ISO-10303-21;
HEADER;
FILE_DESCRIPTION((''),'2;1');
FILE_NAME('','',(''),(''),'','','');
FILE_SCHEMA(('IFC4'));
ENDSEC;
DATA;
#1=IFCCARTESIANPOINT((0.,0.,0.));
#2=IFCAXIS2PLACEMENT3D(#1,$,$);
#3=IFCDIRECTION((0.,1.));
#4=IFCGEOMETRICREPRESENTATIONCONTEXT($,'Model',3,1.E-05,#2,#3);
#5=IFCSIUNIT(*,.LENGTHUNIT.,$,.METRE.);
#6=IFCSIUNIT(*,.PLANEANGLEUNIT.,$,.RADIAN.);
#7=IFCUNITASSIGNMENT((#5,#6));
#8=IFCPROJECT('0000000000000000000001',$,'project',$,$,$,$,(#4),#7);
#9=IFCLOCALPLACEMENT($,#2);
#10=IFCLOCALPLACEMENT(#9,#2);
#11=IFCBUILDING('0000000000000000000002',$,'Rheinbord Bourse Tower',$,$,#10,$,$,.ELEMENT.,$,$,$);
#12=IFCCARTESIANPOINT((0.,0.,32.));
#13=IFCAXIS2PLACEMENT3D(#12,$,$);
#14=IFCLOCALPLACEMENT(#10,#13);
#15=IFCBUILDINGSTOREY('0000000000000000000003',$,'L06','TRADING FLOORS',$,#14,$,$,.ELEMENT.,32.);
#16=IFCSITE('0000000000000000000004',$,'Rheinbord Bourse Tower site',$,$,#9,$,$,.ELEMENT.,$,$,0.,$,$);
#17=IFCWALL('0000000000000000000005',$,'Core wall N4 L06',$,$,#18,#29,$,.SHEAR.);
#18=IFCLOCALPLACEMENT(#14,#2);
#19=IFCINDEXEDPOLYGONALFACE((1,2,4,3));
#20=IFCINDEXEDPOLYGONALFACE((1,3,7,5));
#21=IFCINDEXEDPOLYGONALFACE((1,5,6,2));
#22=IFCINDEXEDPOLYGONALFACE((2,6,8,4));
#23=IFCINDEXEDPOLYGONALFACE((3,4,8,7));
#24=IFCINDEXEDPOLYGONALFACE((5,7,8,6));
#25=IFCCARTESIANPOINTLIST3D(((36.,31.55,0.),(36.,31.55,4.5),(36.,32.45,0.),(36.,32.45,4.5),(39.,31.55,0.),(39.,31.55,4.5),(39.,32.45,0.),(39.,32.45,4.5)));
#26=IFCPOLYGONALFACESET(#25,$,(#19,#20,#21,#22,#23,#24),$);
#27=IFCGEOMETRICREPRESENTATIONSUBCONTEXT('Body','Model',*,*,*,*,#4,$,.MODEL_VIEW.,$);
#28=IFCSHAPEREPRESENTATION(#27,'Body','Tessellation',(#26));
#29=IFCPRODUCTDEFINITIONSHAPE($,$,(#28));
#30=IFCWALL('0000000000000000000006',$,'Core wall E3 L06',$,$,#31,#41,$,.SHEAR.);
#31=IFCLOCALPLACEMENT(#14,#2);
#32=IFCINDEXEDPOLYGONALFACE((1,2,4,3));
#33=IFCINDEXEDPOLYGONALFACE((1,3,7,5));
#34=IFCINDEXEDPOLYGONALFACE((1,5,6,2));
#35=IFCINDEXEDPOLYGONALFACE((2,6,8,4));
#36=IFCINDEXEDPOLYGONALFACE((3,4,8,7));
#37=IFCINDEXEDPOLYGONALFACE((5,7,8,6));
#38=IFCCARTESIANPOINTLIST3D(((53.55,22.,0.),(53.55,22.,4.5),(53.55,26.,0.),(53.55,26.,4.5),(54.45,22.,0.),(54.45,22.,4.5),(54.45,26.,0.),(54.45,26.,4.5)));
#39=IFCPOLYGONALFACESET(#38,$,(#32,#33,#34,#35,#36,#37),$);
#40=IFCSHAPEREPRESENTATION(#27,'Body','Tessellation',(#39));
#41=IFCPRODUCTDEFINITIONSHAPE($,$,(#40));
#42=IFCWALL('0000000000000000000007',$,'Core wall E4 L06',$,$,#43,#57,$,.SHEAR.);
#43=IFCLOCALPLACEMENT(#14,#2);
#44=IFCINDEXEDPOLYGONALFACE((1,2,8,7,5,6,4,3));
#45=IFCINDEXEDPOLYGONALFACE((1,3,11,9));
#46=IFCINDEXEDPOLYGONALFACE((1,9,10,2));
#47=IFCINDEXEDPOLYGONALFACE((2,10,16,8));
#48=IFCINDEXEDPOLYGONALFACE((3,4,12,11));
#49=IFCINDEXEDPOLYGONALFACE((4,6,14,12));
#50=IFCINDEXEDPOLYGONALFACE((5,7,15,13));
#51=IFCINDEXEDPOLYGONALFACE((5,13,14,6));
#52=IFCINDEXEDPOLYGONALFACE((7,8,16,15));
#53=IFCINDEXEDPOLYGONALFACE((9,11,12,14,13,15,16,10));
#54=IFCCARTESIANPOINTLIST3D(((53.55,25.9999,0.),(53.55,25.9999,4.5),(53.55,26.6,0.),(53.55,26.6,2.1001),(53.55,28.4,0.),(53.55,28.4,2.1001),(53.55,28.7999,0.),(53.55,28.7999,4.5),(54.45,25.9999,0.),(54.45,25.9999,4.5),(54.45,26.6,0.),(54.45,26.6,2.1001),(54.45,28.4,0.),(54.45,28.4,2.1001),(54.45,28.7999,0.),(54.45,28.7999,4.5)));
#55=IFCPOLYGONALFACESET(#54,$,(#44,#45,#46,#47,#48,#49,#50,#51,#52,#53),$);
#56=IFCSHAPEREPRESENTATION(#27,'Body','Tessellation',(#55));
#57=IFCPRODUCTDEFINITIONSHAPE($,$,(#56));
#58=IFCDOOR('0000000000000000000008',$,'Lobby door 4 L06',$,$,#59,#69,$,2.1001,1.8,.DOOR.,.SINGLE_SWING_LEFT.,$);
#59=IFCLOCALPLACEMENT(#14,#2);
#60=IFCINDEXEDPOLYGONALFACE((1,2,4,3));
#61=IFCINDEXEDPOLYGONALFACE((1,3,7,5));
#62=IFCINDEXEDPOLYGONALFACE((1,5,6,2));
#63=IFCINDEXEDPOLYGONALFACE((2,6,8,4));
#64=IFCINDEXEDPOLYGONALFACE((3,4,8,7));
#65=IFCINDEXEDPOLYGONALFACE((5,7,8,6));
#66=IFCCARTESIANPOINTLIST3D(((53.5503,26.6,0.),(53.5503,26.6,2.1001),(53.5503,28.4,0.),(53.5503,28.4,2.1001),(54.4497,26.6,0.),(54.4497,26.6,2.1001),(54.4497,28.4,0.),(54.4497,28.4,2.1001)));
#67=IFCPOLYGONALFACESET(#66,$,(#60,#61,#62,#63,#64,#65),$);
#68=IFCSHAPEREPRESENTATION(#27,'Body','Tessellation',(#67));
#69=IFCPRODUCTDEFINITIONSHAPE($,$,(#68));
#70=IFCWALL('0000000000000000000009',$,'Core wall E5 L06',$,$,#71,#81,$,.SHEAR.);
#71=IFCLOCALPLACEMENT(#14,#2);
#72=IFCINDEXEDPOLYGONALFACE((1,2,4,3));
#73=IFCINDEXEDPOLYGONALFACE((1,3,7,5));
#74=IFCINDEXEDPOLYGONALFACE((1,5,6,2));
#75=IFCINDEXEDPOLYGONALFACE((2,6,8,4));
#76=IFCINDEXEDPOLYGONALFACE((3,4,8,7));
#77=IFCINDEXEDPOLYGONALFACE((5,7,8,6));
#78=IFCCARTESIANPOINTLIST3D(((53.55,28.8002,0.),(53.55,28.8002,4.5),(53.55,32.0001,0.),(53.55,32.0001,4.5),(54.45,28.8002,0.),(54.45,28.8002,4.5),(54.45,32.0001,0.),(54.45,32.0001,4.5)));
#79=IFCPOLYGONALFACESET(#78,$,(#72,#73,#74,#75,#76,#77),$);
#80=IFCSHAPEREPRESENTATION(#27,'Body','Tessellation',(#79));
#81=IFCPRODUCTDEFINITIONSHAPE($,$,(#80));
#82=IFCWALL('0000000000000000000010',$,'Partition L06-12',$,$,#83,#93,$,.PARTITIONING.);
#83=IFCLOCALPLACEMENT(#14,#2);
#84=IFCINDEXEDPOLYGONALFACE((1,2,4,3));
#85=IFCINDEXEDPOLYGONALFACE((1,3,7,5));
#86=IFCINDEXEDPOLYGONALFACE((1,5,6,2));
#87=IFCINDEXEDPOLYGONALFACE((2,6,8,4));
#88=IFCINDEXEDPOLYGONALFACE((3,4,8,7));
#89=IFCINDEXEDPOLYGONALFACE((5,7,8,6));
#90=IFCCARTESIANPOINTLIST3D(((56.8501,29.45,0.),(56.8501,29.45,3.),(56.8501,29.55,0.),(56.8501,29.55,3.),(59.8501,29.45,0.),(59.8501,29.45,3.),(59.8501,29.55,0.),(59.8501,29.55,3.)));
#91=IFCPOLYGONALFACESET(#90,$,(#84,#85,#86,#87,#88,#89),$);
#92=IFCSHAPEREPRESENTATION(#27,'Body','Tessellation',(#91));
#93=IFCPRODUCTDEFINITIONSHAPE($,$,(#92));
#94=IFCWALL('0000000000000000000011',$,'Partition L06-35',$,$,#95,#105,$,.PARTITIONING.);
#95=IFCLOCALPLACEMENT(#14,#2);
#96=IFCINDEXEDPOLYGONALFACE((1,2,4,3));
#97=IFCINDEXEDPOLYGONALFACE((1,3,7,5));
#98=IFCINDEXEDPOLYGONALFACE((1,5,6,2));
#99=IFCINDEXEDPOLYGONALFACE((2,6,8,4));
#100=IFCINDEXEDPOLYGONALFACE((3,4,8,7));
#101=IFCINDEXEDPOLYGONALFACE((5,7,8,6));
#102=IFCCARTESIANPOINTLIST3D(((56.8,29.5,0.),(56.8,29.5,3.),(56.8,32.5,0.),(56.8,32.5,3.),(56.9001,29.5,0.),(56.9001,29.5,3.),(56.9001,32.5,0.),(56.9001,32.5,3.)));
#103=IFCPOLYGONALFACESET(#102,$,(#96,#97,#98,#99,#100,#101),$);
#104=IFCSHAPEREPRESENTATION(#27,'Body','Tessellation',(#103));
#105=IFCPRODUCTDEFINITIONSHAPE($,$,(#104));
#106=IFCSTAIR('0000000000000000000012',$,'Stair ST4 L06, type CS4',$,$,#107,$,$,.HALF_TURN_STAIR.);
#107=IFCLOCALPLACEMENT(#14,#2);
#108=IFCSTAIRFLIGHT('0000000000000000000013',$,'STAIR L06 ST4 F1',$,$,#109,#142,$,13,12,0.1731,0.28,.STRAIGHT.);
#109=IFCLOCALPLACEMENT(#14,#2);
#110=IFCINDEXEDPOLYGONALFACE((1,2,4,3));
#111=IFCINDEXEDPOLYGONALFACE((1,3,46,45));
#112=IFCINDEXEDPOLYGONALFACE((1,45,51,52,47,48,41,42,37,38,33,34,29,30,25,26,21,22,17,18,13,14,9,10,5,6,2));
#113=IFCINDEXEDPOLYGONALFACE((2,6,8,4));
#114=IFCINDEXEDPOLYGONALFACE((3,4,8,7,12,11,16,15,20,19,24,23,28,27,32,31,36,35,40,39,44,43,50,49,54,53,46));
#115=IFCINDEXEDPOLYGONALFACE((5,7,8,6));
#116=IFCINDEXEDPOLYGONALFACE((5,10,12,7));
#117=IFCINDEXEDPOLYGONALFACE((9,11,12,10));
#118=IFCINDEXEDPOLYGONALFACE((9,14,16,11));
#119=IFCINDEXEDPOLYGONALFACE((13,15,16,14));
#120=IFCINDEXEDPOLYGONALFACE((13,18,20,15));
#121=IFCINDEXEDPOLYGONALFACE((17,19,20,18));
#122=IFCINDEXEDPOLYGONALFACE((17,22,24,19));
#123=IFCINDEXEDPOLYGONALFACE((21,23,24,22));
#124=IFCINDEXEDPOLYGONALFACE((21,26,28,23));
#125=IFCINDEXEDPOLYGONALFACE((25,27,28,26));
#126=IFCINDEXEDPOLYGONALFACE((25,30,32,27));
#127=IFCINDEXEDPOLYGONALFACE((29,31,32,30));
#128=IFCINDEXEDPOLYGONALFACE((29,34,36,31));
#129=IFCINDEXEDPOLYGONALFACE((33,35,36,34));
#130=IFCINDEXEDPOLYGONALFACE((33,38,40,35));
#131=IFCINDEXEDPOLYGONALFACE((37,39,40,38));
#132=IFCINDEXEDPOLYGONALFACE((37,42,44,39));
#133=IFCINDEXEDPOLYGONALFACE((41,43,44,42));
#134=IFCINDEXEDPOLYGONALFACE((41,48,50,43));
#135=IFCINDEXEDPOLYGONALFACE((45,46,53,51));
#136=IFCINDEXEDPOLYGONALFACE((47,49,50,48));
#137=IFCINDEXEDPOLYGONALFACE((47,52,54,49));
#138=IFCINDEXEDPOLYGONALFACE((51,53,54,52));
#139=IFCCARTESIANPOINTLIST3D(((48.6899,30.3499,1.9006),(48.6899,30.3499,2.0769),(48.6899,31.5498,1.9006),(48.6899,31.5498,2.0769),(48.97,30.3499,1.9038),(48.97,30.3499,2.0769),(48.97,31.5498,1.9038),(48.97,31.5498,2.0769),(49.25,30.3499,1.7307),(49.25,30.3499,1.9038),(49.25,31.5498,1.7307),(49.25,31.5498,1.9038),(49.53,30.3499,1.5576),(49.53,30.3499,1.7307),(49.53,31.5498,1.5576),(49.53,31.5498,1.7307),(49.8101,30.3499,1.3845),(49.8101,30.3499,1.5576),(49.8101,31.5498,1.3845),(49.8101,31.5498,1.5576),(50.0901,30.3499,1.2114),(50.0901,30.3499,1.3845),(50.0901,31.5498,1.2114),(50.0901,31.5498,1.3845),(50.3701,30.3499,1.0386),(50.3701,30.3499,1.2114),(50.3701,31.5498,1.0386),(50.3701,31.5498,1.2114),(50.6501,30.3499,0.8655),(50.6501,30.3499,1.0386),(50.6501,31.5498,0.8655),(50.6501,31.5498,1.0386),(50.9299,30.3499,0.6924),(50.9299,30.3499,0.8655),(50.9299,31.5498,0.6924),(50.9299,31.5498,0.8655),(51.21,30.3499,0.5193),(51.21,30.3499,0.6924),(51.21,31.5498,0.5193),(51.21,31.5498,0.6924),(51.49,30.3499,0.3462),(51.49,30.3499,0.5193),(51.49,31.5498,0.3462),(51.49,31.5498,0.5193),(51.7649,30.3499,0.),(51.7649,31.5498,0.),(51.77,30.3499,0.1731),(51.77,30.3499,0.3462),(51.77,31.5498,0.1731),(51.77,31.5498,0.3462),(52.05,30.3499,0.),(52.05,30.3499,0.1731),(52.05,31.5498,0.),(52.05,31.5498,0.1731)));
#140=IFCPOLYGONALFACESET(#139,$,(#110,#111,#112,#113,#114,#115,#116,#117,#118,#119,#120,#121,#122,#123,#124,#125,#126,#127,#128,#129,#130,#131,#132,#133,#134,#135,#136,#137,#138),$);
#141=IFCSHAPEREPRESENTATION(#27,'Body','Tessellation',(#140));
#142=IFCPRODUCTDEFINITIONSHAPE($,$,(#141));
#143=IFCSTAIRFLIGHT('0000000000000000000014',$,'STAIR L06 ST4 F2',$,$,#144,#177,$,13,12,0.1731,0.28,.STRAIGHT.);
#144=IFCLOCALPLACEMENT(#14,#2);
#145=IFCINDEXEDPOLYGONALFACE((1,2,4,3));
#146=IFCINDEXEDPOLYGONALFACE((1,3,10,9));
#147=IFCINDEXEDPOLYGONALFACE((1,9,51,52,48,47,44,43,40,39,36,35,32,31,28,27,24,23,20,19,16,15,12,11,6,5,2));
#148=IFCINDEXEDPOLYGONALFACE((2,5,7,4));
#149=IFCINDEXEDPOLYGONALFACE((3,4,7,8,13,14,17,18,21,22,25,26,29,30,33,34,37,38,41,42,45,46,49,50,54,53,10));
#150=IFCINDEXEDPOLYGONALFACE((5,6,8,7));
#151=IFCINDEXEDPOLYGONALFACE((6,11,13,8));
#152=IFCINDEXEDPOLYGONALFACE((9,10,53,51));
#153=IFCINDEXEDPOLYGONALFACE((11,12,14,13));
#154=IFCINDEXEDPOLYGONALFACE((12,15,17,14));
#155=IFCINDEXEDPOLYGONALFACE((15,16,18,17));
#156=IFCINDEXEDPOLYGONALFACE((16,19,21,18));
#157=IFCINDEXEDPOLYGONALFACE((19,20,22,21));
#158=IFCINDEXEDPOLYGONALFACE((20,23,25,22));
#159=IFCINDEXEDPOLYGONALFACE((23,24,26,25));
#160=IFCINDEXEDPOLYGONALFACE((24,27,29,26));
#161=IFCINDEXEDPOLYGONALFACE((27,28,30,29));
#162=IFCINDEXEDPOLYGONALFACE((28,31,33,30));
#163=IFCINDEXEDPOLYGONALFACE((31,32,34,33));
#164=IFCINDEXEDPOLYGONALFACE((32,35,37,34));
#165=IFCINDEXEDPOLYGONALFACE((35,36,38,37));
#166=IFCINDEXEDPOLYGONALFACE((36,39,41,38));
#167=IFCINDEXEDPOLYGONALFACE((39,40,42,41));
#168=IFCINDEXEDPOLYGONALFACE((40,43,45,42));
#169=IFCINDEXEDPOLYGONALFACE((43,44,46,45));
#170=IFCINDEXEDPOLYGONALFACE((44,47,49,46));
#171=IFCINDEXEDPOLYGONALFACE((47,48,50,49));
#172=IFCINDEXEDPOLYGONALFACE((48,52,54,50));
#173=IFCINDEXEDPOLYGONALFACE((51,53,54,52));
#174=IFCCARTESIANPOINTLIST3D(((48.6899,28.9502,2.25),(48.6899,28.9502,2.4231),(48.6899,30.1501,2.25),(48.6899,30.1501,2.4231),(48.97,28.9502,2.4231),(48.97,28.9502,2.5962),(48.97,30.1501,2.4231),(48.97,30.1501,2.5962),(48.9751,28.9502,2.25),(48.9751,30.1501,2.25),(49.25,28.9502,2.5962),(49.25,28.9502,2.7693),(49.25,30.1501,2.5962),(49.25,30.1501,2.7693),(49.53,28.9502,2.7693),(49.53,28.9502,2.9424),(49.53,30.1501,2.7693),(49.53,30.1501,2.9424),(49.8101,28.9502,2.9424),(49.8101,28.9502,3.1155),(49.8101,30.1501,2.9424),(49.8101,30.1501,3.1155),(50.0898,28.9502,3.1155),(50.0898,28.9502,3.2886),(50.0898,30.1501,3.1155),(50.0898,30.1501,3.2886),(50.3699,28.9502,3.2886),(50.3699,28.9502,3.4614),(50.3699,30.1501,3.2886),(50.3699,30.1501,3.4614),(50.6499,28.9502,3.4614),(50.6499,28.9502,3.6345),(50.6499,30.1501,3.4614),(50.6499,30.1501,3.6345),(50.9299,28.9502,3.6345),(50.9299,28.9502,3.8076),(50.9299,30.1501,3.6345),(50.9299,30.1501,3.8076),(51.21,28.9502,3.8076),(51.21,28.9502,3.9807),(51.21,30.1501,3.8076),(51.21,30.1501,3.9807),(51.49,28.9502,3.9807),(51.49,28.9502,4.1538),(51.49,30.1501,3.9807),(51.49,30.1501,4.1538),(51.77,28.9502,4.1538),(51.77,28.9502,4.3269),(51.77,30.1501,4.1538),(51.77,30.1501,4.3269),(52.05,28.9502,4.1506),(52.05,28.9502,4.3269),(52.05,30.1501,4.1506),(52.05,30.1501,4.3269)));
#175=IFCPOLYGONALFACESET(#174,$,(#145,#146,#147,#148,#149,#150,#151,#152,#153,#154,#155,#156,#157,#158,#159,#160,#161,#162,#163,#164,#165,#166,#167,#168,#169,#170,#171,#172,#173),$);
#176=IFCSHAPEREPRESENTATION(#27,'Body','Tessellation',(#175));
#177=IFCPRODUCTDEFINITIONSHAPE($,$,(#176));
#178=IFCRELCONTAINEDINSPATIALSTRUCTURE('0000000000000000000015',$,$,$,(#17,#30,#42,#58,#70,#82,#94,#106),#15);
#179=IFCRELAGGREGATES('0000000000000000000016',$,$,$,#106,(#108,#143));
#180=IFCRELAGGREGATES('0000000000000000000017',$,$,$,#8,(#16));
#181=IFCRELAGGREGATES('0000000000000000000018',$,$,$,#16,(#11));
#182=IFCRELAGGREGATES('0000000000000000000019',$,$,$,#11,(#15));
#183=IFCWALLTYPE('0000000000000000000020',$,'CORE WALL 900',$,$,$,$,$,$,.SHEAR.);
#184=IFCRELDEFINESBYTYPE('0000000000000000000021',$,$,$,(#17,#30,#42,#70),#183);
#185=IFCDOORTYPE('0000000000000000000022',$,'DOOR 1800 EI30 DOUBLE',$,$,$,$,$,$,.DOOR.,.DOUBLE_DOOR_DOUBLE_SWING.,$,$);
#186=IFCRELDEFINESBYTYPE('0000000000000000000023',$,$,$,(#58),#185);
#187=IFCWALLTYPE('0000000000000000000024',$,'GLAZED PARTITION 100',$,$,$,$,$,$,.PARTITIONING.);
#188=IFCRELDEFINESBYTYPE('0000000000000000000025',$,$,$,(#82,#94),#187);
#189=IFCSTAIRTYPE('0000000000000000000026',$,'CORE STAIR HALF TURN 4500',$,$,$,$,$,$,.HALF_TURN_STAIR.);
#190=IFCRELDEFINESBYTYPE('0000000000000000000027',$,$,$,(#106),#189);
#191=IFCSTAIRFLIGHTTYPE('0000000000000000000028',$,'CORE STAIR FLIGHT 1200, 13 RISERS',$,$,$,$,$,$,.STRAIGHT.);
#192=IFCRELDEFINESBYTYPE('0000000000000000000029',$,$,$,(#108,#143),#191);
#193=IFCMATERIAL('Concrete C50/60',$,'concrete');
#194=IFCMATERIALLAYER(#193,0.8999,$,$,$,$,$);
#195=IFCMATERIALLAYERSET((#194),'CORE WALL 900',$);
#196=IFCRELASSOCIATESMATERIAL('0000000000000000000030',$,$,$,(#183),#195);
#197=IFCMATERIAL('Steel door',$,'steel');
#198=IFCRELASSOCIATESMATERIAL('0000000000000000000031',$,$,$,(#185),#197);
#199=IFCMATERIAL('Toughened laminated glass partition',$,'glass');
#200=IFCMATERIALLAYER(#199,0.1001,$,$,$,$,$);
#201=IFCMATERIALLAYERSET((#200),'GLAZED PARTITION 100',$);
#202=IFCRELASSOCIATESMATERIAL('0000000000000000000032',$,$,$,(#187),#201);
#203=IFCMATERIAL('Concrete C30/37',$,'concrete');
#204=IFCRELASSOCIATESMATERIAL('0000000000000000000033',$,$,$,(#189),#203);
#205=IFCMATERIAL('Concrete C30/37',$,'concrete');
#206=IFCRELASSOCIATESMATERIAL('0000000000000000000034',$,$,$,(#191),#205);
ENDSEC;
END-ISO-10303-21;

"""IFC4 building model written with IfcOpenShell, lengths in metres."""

from ifc_helpers import new_model, si_unit, direction, frame, frame_2d, origin, place, context, subcontext, project, spatial, polyline, rectangle, outline, extrude, material, layer, layer_set, type_object, element, fill, aggregate, save


model = new_model("IFC4")

# Units and contexts
model_context = context("Model", 3, precision=1e-05, world=origin(), true_north=direction((0.0, 1.0)))
body_context = subcontext(model_context, "Body", "Model", "MODEL_VIEW")
ifc_project = project(units=[si_unit("LENGTHUNIT", "METRE"), si_unit("PLANEANGLEUNIT", "RADIAN")], contexts=[model_context])

# Site, building, storey
site_placement = place(None, origin())
site = spatial("IfcSite", under=ifc_project, at=site_placement, Name="Rheinbord Bourse Tower site", CompositionType="ELEMENT", RefElevation=0.0)
building_placement = place(site_placement, origin())
building = spatial("IfcBuilding", under=site, at=building_placement, Name="Rheinbord Bourse Tower", CompositionType="ELEMENT")
storey_placement = place(building_placement, frame((0.0, 0.0, 32.0)))
storey = spatial("IfcBuildingStorey", under=building, at=storey_placement, Name="L06", Description="TRADING FLOORS", CompositionType="ELEMENT", Elevation=32.0)

# Walls
ifc_material_1 = material(Name="Concrete C50/60", Category="concrete")
ifc_layer_1 = layer(ifc_material_1, 0.8999)
ifc_layer_set_1 = layer_set([ifc_layer_1], Name="CORE WALL 900")
wall_type_1 = type_object("IfcWallType", Name="CORE WALL 900", PredefinedType="SHEAR", material=ifc_layer_set_1)
for number, where, z_axis, x_axis, name in (
    (1, (39.0, 32.0, 0.0), (0.0, 0.0, 1.0), (-1.0, 0.0, 0.0), "Core wall N4 L06"),
):
    element("IfcWall", number, at=place(storey_placement, frame(where, z_axis=z_axis, x_axis=x_axis)), inside=storey, type_object=wall_type_1, Name=name, PredefinedType="SHEAR", context=body_context, shape_type="SweptSolid", body=[
        extrude(rectangle(XDim=3.0, YDim=0.8999, at=frame_2d((1.5, 0.0))), origin(), (0.0, 0.0, 1.0), 4.5),
    ])
wall_1_placement = place(storey_placement, frame((54.0, 22.0, 0.0), z_axis=(0.0, 0.0, 1.0), x_axis=(0.0, 1.0, 0.0)))
element("IfcWall", 2, at=wall_1_placement, inside=storey, type_object=wall_type_1, Name="Core wall E3 L06", PredefinedType="SHEAR", context=body_context, shape_type="SweptSolid", body=[
    extrude(rectangle(XDim=4.0, YDim=0.8999, at=frame_2d((2.0, 0.0))), origin(), (0.0, 0.0, 1.0), 4.5),
])

# Wall, opening, door
wall_2_placement = place(storey_placement, frame((54.0, 26.0, 0.0), z_axis=(0.0, 0.0, 1.0), x_axis=(0.0, 1.0, 0.0)))
wall_2 = element("IfcWall", 3, at=wall_2_placement, inside=storey, type_object=wall_type_1, Name="Core wall E4 L06", PredefinedType="SHEAR", context=body_context, shape_type="SweptSolid", body=[
    extrude(rectangle(XDim=2.8, YDim=0.8999, at=frame_2d((1.3999, 0.0))), origin(), (0.0, 0.0, 1.0), 4.5),
])
opening_1_placement = place(wall_2_placement, frame((0.6001, 0.0, 0.0)))
opening_1 = element("IfcOpeningElement", 4, at=opening_1_placement, cuts=wall_2, PredefinedType="OPENING", context=body_context, shape_type="SweptSolid", body=[
    extrude(rectangle(XDim=1.8, YDim=2.1001, at=frame_2d((0.8999, 1.05))), frame((0.0, 0.46, 0.0), z_axis=(0.0, -1.0, 0.0), x_axis=(1.0, 0.0, 0.0)), (0.0, 0.0, 1.0), 0.9199),
])
ifc_material_2 = material(Name="Steel door", Category="steel")
door_type_1 = type_object("IfcDoorType", Name="DOOR 1800 EI30 DOUBLE", OperationType="DOUBLE_DOOR_DOUBLE_SWING", PredefinedType="DOOR", material=ifc_material_2)
door_1_placement = place(opening_1_placement, origin())
door_1 = element("IfcDoor", 5, at=door_1_placement, inside=storey, type_object=door_type_1, Name="Lobby door 4 L06", OperationType="SINGLE_SWING_LEFT", OverallHeight=2.1001, OverallWidth=1.8, PredefinedType="DOOR", context=body_context, shape_type="SweptSolid", body=[
    extrude(rectangle(XDim=1.8, YDim=2.1001, at=frame_2d((0.8999, 1.05))), frame((0.0, 0.4497, 0.0), z_axis=(0.0, -1.0, 0.0), x_axis=(1.0, 0.0, 0.0)), (0.0, 0.0, 1.0), 0.8994),
])
fill(opening_1, door_1)

# Walls
wall_3_placement = place(storey_placement, frame((54.0, 28.8, 0.0), z_axis=(0.0, 0.0, 1.0), x_axis=(0.0, 1.0, 0.0)))
element("IfcWall", 6, at=wall_3_placement, inside=storey, type_object=wall_type_1, Name="Core wall E5 L06", PredefinedType="SHEAR", context=body_context, shape_type="SweptSolid", body=[
    extrude(rectangle(XDim=3.2, YDim=0.8999, at=frame_2d((1.6001, 0.0))), origin(), (0.0, 0.0, 1.0), 4.5),
])
ifc_material_3 = material(Name="Toughened laminated glass partition", Category="glass")
ifc_layer_2 = layer(ifc_material_3, 0.1001)
ifc_layer_set_2 = layer_set([ifc_layer_2], Name="GLAZED PARTITION 100")
wall_type_2 = type_object("IfcWallType", Name="GLAZED PARTITION 100", PredefinedType="PARTITIONING", material=ifc_layer_set_2)
for number, where, z_axis, x_axis, name in (
    (7, (56.8501, 29.5, 0.0), (0.0, 0.0, 1.0), (1.0, 0.0, 0.0), "Partition L06-12"),
    (8, (56.8501, 29.5, 0.0), (0.0, 0.0, 1.0), (0.0, 1.0, 0.0), "Partition L06-35"),
):
    element("IfcWall", number, at=place(storey_placement, frame(where, z_axis=z_axis, x_axis=x_axis)), inside=storey, type_object=wall_type_2, Name=name, PredefinedType="PARTITIONING", context=body_context, shape_type="SweptSolid", body=[
        extrude(rectangle(XDim=3.0, YDim=0.1001, at=frame_2d((1.5, 0.0))), origin(), (0.0, 0.0, 1.0), 3.0),
    ])

# Stair, stair flights
ifc_material_4 = material(Name="Concrete C30/37", Category="concrete")
stair_type = type_object("IfcStairType", Name="CORE STAIR HALF TURN 4500", PredefinedType="HALF_TURN_STAIR", material=ifc_material_4)
stair_placement = place(storey_placement, origin())
stair = element("IfcStair", 9, at=stair_placement, inside=storey, type_object=stair_type, Name="Stair ST4 L06, type CS4", PredefinedType="HALF_TURN_STAIR")
ifc_material_5 = material(Name="Concrete C30/37", Category="concrete")
stair_flight_type = type_object("IfcStairFlightType", Name="CORE STAIR FLIGHT 1200, 13 RISERS", PredefinedType="STRAIGHT", material=ifc_material_5)
stair_flight_1_placement = place(storey_placement, frame((52.05, 30.95, 0.0), z_axis=(0.0, 0.0, 1.0), x_axis=(-1.0, 0.0, 0.0)))
stair_flight_1 = element("IfcStairFlight", 10, at=stair_flight_1_placement, type_object=stair_flight_type, Name="STAIR L06 ST4 F1", NumberOfRisers=13, NumberOfTreads=12, PredefinedType="STRAIGHT", RiserHeight=0.1731, TreadLength=0.28, context=body_context, shape_type="SweptSolid", body=[
    extrude(outline(polyline([(0.0, 0.0), (0.0, 0.1731), (0.28, 0.1731), (0.28, 0.3462), (0.5601, 0.3462), (0.5601, 0.5193), (0.8401, 0.5193), (0.8401, 0.6924), (1.1201, 0.6924), (1.1201, 0.8655), (1.3999, 0.8655), (1.3999, 1.0386), (1.6799, 1.0386), (1.6799, 1.2114), (1.96, 1.2114), (1.96, 1.3845), (2.24, 1.3845), (2.24, 1.5576), (2.52, 1.5576), (2.52, 1.7307), (2.8, 1.7307), (2.8, 1.9038), (3.0801, 1.9038), (3.0801, 2.0769), (3.3601, 2.0769), (3.3601, 2.25), (3.3601, 1.9006), (0.2852, 0.0), (0.0, 0.0)])), frame((0.0, 0.6001, 0.0), z_axis=(0.0, -1.0, 0.0), x_axis=(1.0, 0.0, 0.0)), (0.0, 0.0, 1.0), 1.2),
])
stair_flight_2_placement = place(storey_placement, frame((48.6899, 29.55, 2.25), z_axis=(0.0, 0.0, 1.0), x_axis=(1.0, 0.0, 0.0)))
stair_flight_2 = element("IfcStairFlight", 11, at=stair_flight_2_placement, type_object=stair_flight_type, Name="STAIR L06 ST4 F2", NumberOfRisers=13, NumberOfTreads=12, PredefinedType="STRAIGHT", RiserHeight=0.1731, TreadLength=0.28, context=body_context, shape_type="SweptSolid", body=[
    extrude(outline(polyline([(0.0, 0.0), (0.0, 0.1731), (0.28, 0.1731), (0.28, 0.3462), (0.5601, 0.3462), (0.5601, 0.5193), (0.8401, 0.5193), (0.8401, 0.6924), (1.1201, 0.6924), (1.1201, 0.8655), (1.3999, 0.8655), (1.3999, 1.0386), (1.6799, 1.0386), (1.6799, 1.2114), (1.96, 1.2114), (1.96, 1.3845), (2.24, 1.3845), (2.24, 1.5576), (2.52, 1.5576), (2.52, 1.7307), (2.8, 1.7307), (2.8, 1.9038), (3.0801, 1.9038), (3.0801, 2.0769), (3.3601, 2.0769), (3.3601, 2.25), (3.3601, 1.9006), (0.2852, 0.0), (0.0, 0.0)])), frame((0.0, 0.6001, 0.0), z_axis=(0.0, -1.0, 0.0), x_axis=(1.0, 0.0, 0.0)), (0.0, 0.0, 1.0), 1.2),
])
aggregate(stair, [stair_flight_1, stair_flight_2])

save(model, "model.ifc")
